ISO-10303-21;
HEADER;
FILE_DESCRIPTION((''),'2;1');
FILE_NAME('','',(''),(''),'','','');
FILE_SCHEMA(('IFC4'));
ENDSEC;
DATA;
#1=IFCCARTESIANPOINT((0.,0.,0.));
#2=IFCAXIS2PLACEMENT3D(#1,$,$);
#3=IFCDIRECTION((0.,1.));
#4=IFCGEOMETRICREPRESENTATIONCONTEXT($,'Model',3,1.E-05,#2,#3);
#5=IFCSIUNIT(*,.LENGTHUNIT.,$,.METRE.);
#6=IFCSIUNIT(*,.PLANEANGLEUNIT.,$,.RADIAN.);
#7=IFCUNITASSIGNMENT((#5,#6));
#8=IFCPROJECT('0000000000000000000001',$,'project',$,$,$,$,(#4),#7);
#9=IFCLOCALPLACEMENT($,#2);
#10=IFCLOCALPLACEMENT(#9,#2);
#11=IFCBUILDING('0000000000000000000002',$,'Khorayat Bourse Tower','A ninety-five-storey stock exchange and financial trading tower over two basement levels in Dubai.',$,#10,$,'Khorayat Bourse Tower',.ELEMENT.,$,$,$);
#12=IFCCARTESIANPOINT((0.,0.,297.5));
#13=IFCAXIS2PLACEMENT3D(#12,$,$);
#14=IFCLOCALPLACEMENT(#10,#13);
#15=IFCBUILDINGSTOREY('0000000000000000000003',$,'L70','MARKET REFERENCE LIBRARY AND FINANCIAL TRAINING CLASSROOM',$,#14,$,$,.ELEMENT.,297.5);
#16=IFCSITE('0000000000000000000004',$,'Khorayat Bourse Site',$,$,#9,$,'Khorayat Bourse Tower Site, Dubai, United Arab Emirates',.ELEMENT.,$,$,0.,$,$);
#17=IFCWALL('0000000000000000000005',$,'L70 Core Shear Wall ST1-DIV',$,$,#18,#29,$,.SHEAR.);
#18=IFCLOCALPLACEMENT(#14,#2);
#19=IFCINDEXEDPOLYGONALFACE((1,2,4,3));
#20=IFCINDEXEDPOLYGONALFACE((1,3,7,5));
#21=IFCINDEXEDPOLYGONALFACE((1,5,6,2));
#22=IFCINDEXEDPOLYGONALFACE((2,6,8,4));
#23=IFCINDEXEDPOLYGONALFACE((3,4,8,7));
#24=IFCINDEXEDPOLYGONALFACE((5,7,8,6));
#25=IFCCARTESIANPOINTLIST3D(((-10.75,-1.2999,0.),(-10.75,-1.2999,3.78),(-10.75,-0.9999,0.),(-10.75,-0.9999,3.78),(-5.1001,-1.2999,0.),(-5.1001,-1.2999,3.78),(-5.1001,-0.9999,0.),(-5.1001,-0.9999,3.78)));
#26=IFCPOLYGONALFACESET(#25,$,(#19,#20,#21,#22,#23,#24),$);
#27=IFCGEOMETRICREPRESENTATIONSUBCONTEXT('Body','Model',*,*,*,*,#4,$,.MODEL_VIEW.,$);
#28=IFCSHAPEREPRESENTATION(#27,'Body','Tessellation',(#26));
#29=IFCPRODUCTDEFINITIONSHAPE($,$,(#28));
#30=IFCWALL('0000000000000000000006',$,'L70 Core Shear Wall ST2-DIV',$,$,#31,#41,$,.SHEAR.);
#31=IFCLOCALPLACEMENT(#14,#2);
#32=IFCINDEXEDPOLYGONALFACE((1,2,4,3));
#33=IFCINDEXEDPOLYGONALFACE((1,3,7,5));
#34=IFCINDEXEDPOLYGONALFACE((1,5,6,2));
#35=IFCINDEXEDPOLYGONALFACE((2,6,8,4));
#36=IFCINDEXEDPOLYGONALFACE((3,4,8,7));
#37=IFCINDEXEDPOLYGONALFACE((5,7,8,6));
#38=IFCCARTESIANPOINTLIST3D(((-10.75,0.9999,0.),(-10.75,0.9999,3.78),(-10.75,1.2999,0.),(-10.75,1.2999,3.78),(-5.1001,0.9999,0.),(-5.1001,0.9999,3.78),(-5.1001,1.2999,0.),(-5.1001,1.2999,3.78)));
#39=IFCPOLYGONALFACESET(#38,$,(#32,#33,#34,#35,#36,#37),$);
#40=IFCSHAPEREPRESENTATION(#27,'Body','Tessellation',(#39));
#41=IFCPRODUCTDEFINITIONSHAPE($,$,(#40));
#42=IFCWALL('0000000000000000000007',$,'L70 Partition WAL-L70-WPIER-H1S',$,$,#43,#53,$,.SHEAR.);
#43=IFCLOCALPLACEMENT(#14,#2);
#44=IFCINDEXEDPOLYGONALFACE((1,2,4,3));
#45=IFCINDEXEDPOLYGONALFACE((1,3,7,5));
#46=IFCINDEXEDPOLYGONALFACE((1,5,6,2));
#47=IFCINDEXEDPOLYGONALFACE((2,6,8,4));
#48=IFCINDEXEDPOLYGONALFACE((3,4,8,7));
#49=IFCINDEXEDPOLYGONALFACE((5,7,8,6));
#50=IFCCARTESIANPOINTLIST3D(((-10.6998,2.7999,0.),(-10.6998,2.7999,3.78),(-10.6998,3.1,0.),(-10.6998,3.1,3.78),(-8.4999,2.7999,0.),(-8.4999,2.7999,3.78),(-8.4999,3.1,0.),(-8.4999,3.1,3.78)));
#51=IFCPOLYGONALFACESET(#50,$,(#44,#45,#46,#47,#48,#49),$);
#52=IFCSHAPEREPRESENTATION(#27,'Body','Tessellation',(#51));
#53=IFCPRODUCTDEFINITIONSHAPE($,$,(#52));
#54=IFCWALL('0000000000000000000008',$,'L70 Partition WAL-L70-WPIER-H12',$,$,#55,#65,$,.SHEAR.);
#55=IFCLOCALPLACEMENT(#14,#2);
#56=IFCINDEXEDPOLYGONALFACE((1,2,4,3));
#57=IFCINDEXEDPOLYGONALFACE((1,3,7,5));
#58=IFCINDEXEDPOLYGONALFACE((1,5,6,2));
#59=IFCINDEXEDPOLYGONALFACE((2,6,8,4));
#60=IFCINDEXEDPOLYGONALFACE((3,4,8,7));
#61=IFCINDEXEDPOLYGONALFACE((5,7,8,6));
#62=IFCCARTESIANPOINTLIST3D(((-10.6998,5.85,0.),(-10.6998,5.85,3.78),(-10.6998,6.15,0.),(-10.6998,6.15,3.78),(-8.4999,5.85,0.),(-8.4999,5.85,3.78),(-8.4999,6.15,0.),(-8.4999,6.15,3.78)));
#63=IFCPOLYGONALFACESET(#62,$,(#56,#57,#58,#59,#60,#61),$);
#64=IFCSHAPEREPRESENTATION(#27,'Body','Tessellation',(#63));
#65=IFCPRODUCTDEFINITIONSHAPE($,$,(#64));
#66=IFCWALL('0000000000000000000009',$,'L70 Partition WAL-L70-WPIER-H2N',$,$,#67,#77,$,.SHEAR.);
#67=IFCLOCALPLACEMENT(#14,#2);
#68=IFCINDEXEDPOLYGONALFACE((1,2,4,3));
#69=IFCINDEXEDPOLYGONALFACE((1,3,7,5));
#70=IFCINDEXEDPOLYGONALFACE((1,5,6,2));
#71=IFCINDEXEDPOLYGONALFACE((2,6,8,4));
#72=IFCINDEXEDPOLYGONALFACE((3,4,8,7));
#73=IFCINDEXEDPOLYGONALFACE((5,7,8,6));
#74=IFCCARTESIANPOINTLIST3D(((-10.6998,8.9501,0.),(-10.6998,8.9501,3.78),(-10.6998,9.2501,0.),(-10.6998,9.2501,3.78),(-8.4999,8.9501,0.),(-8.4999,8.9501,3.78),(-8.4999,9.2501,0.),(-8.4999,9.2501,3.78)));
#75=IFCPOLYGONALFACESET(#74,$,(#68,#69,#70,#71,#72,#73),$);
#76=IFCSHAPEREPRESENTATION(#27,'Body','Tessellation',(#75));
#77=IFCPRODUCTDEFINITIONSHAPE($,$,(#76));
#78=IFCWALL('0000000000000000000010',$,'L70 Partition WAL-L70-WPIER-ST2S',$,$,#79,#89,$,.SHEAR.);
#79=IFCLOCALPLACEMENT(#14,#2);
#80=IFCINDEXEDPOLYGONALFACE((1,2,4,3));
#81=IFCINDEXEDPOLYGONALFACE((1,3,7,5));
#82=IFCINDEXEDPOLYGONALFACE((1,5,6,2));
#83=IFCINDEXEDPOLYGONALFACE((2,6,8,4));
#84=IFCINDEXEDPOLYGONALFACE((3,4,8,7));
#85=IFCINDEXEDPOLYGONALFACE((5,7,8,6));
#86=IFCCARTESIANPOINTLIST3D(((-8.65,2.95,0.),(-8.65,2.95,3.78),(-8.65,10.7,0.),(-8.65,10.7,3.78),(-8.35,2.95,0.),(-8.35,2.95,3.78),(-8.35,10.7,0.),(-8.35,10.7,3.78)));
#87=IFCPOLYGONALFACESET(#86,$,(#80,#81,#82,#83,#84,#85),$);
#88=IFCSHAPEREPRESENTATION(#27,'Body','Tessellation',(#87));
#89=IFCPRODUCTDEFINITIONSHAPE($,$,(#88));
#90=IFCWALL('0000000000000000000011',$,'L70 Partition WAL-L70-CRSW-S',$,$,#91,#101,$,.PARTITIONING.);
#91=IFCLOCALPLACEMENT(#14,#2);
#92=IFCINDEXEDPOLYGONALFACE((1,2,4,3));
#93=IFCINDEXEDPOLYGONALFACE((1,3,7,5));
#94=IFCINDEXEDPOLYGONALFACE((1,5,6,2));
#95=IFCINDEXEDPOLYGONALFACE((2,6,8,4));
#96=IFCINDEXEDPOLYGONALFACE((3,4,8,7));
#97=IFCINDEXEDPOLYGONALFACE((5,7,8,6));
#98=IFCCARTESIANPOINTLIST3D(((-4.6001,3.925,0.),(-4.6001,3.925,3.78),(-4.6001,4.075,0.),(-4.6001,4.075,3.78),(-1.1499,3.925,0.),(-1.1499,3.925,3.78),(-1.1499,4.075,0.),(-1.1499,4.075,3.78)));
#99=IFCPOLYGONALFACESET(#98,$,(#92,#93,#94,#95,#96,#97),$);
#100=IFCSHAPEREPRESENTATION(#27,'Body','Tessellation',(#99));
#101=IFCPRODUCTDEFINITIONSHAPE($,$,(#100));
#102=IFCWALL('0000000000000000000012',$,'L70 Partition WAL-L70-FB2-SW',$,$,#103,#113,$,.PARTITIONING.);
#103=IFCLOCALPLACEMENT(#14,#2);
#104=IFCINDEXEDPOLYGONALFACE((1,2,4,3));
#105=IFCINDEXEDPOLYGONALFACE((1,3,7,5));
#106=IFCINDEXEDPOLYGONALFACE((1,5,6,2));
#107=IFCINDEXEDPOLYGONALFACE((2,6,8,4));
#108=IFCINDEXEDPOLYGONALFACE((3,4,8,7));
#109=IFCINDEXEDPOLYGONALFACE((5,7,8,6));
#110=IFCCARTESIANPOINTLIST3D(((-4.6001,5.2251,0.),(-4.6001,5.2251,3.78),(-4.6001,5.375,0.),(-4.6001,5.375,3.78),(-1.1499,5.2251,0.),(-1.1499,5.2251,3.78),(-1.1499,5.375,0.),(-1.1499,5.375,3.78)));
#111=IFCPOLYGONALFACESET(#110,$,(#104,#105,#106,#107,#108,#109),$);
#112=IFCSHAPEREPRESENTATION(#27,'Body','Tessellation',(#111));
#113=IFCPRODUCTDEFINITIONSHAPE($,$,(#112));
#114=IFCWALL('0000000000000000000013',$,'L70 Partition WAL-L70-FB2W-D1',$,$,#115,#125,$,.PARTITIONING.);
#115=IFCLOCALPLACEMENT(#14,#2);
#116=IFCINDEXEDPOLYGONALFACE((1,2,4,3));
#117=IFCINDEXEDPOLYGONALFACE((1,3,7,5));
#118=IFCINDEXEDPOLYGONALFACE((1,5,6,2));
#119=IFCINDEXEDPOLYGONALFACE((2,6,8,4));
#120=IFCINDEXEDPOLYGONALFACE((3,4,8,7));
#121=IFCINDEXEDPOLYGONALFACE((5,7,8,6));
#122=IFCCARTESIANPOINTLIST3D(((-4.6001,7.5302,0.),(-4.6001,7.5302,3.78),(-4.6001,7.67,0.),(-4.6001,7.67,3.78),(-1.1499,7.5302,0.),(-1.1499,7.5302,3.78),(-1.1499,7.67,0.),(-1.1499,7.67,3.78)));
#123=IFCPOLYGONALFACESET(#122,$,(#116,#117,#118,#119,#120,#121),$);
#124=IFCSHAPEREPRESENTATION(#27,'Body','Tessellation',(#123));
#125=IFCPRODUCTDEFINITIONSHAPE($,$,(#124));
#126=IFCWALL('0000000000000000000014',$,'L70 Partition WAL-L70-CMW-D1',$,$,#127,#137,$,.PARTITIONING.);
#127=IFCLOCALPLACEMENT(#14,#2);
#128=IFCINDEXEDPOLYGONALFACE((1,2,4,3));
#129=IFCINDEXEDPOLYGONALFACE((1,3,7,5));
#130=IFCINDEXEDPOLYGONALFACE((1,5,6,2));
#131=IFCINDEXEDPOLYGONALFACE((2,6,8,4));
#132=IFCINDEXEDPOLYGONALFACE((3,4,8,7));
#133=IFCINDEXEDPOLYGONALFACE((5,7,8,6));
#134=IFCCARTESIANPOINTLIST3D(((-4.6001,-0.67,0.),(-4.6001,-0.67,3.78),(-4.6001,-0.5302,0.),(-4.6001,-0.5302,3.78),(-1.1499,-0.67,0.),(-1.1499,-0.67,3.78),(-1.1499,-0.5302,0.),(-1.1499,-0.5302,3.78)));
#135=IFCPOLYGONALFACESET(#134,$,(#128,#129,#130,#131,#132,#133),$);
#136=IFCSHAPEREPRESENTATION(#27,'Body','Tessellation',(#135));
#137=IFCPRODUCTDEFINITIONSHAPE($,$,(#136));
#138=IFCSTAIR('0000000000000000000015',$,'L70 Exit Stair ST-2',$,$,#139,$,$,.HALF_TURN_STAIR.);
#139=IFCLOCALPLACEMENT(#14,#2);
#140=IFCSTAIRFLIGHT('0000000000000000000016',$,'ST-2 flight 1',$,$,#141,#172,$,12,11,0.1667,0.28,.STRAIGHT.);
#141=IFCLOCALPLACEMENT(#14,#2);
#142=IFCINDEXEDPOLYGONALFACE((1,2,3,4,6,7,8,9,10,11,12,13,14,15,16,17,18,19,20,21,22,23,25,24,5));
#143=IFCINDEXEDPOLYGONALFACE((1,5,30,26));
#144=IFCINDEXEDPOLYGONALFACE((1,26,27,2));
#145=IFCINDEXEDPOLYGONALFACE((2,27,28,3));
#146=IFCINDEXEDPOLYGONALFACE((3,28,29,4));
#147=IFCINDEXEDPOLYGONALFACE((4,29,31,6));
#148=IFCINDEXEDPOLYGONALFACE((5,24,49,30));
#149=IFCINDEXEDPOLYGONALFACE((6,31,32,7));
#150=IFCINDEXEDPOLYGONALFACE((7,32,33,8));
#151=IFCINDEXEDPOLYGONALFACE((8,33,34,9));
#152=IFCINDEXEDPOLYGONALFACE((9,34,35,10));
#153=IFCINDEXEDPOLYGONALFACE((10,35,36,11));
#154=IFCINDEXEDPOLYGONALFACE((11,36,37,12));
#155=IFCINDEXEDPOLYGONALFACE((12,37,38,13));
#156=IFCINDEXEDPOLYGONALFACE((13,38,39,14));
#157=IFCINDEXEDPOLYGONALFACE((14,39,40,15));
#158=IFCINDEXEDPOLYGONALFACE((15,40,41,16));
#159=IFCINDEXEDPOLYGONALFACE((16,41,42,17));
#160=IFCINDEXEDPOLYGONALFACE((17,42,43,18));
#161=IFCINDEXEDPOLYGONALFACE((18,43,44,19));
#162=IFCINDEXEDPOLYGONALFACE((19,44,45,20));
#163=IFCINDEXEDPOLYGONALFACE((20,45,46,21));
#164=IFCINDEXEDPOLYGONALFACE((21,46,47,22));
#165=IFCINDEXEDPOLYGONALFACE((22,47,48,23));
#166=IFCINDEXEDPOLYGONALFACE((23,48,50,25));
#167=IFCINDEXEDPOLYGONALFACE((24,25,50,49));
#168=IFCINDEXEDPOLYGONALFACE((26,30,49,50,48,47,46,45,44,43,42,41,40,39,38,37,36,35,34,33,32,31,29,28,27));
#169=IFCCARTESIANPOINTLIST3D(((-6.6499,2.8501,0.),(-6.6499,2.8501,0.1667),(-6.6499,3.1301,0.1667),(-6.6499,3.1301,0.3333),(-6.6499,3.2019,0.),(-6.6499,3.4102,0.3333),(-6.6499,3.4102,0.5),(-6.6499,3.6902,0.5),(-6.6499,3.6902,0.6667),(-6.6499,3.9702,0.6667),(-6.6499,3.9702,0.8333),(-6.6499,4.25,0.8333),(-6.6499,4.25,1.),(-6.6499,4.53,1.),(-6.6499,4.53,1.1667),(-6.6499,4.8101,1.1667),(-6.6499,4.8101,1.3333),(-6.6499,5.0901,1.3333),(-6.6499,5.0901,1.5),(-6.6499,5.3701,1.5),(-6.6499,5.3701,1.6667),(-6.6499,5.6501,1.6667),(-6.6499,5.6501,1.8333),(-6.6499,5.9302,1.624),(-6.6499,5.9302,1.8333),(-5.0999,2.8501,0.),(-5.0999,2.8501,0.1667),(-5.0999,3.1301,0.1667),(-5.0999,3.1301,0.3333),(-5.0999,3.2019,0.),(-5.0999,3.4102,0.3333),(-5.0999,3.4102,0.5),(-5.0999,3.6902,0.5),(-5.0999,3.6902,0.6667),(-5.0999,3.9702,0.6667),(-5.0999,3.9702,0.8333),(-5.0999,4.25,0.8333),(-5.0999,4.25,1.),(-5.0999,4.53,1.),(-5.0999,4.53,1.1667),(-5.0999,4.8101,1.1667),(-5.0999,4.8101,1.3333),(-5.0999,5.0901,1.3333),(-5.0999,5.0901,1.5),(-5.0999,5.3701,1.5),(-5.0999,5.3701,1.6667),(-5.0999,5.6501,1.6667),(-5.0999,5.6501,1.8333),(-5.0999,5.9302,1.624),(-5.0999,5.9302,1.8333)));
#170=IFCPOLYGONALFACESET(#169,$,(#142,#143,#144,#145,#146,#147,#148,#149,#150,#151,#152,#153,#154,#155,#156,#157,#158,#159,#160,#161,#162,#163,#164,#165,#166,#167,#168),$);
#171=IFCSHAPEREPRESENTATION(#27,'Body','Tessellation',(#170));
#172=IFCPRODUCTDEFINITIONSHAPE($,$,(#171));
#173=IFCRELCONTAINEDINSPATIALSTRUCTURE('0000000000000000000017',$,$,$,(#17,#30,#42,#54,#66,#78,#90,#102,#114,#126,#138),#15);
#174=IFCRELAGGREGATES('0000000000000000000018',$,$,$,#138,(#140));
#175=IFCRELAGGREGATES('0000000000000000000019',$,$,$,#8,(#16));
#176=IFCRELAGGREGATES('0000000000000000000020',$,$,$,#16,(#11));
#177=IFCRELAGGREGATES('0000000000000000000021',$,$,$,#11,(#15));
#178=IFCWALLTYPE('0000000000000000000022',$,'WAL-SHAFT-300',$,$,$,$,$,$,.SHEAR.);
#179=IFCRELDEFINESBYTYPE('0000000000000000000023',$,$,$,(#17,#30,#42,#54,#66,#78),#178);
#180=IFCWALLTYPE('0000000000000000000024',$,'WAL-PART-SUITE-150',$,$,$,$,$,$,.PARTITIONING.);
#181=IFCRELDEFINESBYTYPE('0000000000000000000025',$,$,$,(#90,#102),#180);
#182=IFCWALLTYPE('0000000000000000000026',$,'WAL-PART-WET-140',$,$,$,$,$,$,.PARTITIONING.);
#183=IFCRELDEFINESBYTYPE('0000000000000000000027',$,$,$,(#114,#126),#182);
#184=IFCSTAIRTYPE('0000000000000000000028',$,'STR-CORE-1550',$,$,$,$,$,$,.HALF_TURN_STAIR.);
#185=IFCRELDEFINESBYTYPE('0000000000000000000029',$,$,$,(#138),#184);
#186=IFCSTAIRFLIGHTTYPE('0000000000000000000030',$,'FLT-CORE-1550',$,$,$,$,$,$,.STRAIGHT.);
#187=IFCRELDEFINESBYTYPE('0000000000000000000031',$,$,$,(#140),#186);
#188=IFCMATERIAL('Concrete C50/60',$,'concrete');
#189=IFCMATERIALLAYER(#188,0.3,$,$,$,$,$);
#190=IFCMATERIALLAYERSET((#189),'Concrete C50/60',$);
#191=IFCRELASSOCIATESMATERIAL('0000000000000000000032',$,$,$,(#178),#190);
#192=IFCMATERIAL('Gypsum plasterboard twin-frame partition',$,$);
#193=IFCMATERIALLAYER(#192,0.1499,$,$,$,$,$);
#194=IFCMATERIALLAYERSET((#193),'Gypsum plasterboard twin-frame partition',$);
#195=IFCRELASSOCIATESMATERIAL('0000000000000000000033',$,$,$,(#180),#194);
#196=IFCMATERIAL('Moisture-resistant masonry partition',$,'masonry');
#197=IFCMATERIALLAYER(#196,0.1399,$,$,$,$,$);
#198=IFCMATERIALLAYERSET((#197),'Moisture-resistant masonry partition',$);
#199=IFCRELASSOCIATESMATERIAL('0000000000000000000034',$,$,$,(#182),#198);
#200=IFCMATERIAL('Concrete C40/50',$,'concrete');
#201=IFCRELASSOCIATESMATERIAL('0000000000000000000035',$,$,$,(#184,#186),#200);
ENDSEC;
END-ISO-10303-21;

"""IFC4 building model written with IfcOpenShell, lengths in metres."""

from ifc_helpers import new_model, si_unit, direction, frame, frame_2d, origin, place, context, subcontext, project, spatial, polyline, rectangle, outline, extrude, source, transform, mapped, material, layer, layer_set, type_object, element, aggregate, save


model = new_model("IFC4")

# Units and contexts
model_context = context("Model", 3, precision=1e-05, world=origin(), true_north=direction((0.0, 1.0)))
body_context = subcontext(model_context, "Body", "Model", "MODEL_VIEW")
ifc_project = project(units=[si_unit("LENGTHUNIT", "METRE"), si_unit("PLANEANGLEUNIT", "RADIAN")], contexts=[model_context])

# Site, building, storey
site_placement = place(None, origin())
site = spatial("IfcSite", under=ifc_project, at=site_placement, Name="Khorayat Bourse Site", LongName="Khorayat Bourse Tower Site, Dubai, United Arab Emirates", CompositionType="ELEMENT", RefElevation=0.0)
building_placement = place(site_placement, origin())
building = spatial("IfcBuilding", under=site, at=building_placement, Name="Khorayat Bourse Tower", Description="A ninety-five-storey stock exchange and financial trading tower over two basement levels in Dubai.", LongName="Khorayat Bourse Tower", CompositionType="ELEMENT")
storey_placement = place(building_placement, frame((0.0, 0.0, 297.5)))
storey = spatial("IfcBuildingStorey", under=building, at=storey_placement, Name="L70", Description="MARKET REFERENCE LIBRARY AND FINANCIAL TRAINING CLASSROOM", CompositionType="ELEMENT", Elevation=297.5)

# Walls
ifc_material_1 = material(Name="Concrete C50/60", Category="concrete")
ifc_layer_1 = layer(ifc_material_1, 0.3)
ifc_layer_set_1 = layer_set([ifc_layer_1], Name="Concrete C50/60")
wall_type_1 = type_object("IfcWallType", Name="WAL-SHAFT-300", PredefinedType="SHEAR", material=ifc_layer_set_1)
shared_shape_1 = source(origin(), body_context, "Body", "SweptSolid", [
    extrude(rectangle(XDim=5.6499, YDim=0.3, at=frame_2d((2.825, 0.0))), origin(), (0.0, 0.0, 1.0), 3.78),
])
for number, where, z_axis, x_axis, name in (
    (1, (-10.75, -1.1499, 0.0), (0.0, 0.0, 1.0), (1.0, 0.0, 0.0), "L70 Core Shear Wall ST1-DIV"),
    (2, (-10.75, 1.1499, 0.0), (0.0, 0.0, 1.0), (1.0, 0.0, 0.0), "L70 Core Shear Wall ST2-DIV"),
):
    element("IfcWall", number, at=place(storey_placement, frame(where, z_axis=z_axis, x_axis=x_axis)), inside=storey, type_object=wall_type_1, Name=name, PredefinedType="SHEAR", context=body_context, shape_type="MappedRepresentation", body=[
        mapped(shared_shape_1, transform((0.0, 0.0, 0.0), scale=1.0)),
    ])
shared_shape_2 = source(origin(), body_context, "Body", "SweptSolid", [
    extrude(rectangle(XDim=2.2, YDim=0.3, at=frame_2d((1.1001, 0.0))), origin(), (0.0, 0.0, 1.0), 3.78),
])
for number, where, z_axis, x_axis, name in (
    (3, (-10.7, 2.95, 0.0), (0.0, 0.0, 1.0), (1.0, 0.0, 0.0), "L70 Partition WAL-L70-WPIER-H1S"),
    (4, (-10.7, 6.0, 0.0), (0.0, 0.0, 1.0), (1.0, 0.0, 0.0), "L70 Partition WAL-L70-WPIER-H12"),
    (5, (-10.7, 9.1001, 0.0), (0.0, 0.0, 1.0), (1.0, 0.0, 0.0), "L70 Partition WAL-L70-WPIER-H2N"),
):
    element("IfcWall", number, at=place(storey_placement, frame(where, z_axis=z_axis, x_axis=x_axis)), inside=storey, type_object=wall_type_1, Name=name, PredefinedType="SHEAR", context=body_context, shape_type="MappedRepresentation", body=[
        mapped(shared_shape_2, transform((0.0, 0.0, 0.0), scale=1.0)),
    ])
shared_shape_3 = source(origin(), body_context, "Body", "SweptSolid", [
    extrude(rectangle(XDim=7.75, YDim=0.3, at=frame_2d((3.875, 0.0))), origin(), (0.0, 0.0, 1.0), 3.78),
])
wall_placement = place(storey_placement, frame((-8.5, 2.95, 0.0), z_axis=(0.0, 0.0, 1.0), x_axis=(0.0, 1.0, 0.0)))
element("IfcWall", 6, at=wall_placement, inside=storey, type_object=wall_type_1, Name="L70 Partition WAL-L70-WPIER-ST2S", PredefinedType="SHEAR", context=body_context, shape_type="MappedRepresentation", body=[
    mapped(shared_shape_3, transform((0.0, 0.0, 0.0), scale=1.0)),
])
ifc_material_2 = material(Name="Gypsum plasterboard twin-frame partition")
ifc_layer_2 = layer(ifc_material_2, 0.1499)
ifc_layer_set_2 = layer_set([ifc_layer_2], Name="Gypsum plasterboard twin-frame partition")
wall_type_2 = type_object("IfcWallType", Name="WAL-PART-SUITE-150", PredefinedType="PARTITIONING", material=ifc_layer_set_2)
shared_shape_4 = source(origin(), body_context, "Body", "SweptSolid", [
    extrude(rectangle(XDim=3.4502, YDim=0.1499, at=frame_2d((1.7251, 0.0))), origin(), (0.0, 0.0, 1.0), 3.78),
])
for number, where, z_axis, x_axis, name in (
    (7, (-4.6001, 4.0, 0.0), (0.0, 0.0, 1.0), (1.0, 0.0, 0.0), "L70 Partition WAL-L70-CRSW-S"),
    (8, (-4.6001, 5.3, 0.0), (0.0, 0.0, 1.0), (1.0, 0.0, 0.0), "L70 Partition WAL-L70-FB2-SW"),
):
    element("IfcWall", number, at=place(storey_placement, frame(where, z_axis=z_axis, x_axis=x_axis)), inside=storey, type_object=wall_type_2, Name=name, PredefinedType="PARTITIONING", context=body_context, shape_type="MappedRepresentation", body=[
        mapped(shared_shape_4, transform((0.0, 0.0, 0.0), scale=1.0)),
    ])
ifc_material_3 = material(Name="Moisture-resistant masonry partition", Category="masonry")
ifc_layer_3 = layer(ifc_material_3, 0.1399)
ifc_layer_set_3 = layer_set([ifc_layer_3], Name="Moisture-resistant masonry partition")
wall_type_3 = type_object("IfcWallType", Name="WAL-PART-WET-140", PredefinedType="PARTITIONING", material=ifc_layer_set_3)
shared_shape_5 = source(origin(), body_context, "Body", "SweptSolid", [
    extrude(rectangle(XDim=3.4502, YDim=0.1399, at=frame_2d((1.7251, 0.0))), origin(), (0.0, 0.0, 1.0), 3.78),
])
for number, where, z_axis, x_axis, name in (
    (9, (-4.6001, 7.6001, 0.0), (0.0, 0.0, 1.0), (1.0, 0.0, 0.0), "L70 Partition WAL-L70-FB2W-D1"),
    (10, (-4.6001, -0.6001, 0.0), (0.0, 0.0, 1.0), (1.0, 0.0, 0.0), "L70 Partition WAL-L70-CMW-D1"),
):
    element("IfcWall", number, at=place(storey_placement, frame(where, z_axis=z_axis, x_axis=x_axis)), inside=storey, type_object=wall_type_3, Name=name, PredefinedType="PARTITIONING", context=body_context, shape_type="MappedRepresentation", body=[
        mapped(shared_shape_5, transform((0.0, 0.0, 0.0), scale=1.0)),
    ])

# Stair, stair flight
ifc_material_4 = material(Name="Concrete C40/50", Category="concrete")
stair_type = type_object("IfcStairType", Name="STR-CORE-1550", PredefinedType="HALF_TURN_STAIR", material=ifc_material_4)
stair_placement = place(storey_placement, origin())
stair = element("IfcStair", 11, at=stair_placement, inside=storey, type_object=stair_type, Name="L70 Exit Stair ST-2", PredefinedType="HALF_TURN_STAIR")
stair_flight_type = type_object("IfcStairFlightType", Name="FLT-CORE-1550", PredefinedType="STRAIGHT", material=ifc_material_4)
shared_shape_6 = source(origin(), body_context, "Body", "SweptSolid", [
    extrude(outline(polyline([(0.0, 0.0), (0.0, 0.1667), (0.28, 0.1667), (0.28, 0.3333), (0.5601, 0.3333), (0.5601, 0.5), (0.8401, 0.5), (0.8401, 0.6667), (1.1201, 0.6667), (1.1201, 0.8333), (1.3999, 0.8333), (1.3999, 1.0), (1.6799, 1.0), (1.6799, 1.1667), (1.96, 1.1667), (1.96, 1.3333), (2.24, 1.3333), (2.24, 1.5), (2.52, 1.5), (2.52, 1.6667), (2.8, 1.6667), (2.8, 1.8333), (3.0801, 1.8333), (3.0801, 2.0), (3.0801, 1.624), (0.3518, 0.0), (0.0, 0.0)])), frame((0.0, 0.7749, 0.0), z_axis=(0.0, -1.0, 0.0), x_axis=(1.0, 0.0, 0.0)), (0.0, 0.0, 1.0), 1.55),
])
stair_flight_1_placement = place(storey_placement, frame((-5.875, 2.8501, 0.0), z_axis=(0.0, 0.0, 1.0), x_axis=(0.0, 1.0, 0.0)))
stair_flight_1 = element("IfcStairFlight", 12, at=stair_flight_1_placement, type_object=stair_flight_type, Name="ST-2 flight 1", NumberOfRisers=12, NumberOfTreads=11, PredefinedType="STRAIGHT", RiserHeight=0.1667, TreadLength=0.28, context=body_context, shape_type="MappedRepresentation", body=[
    mapped(shared_shape_6, transform((0.0, 0.0, 0.0), scale=1.0)),
])
aggregate(stair, [stair_flight_1])

save(model, "model.ifc")
